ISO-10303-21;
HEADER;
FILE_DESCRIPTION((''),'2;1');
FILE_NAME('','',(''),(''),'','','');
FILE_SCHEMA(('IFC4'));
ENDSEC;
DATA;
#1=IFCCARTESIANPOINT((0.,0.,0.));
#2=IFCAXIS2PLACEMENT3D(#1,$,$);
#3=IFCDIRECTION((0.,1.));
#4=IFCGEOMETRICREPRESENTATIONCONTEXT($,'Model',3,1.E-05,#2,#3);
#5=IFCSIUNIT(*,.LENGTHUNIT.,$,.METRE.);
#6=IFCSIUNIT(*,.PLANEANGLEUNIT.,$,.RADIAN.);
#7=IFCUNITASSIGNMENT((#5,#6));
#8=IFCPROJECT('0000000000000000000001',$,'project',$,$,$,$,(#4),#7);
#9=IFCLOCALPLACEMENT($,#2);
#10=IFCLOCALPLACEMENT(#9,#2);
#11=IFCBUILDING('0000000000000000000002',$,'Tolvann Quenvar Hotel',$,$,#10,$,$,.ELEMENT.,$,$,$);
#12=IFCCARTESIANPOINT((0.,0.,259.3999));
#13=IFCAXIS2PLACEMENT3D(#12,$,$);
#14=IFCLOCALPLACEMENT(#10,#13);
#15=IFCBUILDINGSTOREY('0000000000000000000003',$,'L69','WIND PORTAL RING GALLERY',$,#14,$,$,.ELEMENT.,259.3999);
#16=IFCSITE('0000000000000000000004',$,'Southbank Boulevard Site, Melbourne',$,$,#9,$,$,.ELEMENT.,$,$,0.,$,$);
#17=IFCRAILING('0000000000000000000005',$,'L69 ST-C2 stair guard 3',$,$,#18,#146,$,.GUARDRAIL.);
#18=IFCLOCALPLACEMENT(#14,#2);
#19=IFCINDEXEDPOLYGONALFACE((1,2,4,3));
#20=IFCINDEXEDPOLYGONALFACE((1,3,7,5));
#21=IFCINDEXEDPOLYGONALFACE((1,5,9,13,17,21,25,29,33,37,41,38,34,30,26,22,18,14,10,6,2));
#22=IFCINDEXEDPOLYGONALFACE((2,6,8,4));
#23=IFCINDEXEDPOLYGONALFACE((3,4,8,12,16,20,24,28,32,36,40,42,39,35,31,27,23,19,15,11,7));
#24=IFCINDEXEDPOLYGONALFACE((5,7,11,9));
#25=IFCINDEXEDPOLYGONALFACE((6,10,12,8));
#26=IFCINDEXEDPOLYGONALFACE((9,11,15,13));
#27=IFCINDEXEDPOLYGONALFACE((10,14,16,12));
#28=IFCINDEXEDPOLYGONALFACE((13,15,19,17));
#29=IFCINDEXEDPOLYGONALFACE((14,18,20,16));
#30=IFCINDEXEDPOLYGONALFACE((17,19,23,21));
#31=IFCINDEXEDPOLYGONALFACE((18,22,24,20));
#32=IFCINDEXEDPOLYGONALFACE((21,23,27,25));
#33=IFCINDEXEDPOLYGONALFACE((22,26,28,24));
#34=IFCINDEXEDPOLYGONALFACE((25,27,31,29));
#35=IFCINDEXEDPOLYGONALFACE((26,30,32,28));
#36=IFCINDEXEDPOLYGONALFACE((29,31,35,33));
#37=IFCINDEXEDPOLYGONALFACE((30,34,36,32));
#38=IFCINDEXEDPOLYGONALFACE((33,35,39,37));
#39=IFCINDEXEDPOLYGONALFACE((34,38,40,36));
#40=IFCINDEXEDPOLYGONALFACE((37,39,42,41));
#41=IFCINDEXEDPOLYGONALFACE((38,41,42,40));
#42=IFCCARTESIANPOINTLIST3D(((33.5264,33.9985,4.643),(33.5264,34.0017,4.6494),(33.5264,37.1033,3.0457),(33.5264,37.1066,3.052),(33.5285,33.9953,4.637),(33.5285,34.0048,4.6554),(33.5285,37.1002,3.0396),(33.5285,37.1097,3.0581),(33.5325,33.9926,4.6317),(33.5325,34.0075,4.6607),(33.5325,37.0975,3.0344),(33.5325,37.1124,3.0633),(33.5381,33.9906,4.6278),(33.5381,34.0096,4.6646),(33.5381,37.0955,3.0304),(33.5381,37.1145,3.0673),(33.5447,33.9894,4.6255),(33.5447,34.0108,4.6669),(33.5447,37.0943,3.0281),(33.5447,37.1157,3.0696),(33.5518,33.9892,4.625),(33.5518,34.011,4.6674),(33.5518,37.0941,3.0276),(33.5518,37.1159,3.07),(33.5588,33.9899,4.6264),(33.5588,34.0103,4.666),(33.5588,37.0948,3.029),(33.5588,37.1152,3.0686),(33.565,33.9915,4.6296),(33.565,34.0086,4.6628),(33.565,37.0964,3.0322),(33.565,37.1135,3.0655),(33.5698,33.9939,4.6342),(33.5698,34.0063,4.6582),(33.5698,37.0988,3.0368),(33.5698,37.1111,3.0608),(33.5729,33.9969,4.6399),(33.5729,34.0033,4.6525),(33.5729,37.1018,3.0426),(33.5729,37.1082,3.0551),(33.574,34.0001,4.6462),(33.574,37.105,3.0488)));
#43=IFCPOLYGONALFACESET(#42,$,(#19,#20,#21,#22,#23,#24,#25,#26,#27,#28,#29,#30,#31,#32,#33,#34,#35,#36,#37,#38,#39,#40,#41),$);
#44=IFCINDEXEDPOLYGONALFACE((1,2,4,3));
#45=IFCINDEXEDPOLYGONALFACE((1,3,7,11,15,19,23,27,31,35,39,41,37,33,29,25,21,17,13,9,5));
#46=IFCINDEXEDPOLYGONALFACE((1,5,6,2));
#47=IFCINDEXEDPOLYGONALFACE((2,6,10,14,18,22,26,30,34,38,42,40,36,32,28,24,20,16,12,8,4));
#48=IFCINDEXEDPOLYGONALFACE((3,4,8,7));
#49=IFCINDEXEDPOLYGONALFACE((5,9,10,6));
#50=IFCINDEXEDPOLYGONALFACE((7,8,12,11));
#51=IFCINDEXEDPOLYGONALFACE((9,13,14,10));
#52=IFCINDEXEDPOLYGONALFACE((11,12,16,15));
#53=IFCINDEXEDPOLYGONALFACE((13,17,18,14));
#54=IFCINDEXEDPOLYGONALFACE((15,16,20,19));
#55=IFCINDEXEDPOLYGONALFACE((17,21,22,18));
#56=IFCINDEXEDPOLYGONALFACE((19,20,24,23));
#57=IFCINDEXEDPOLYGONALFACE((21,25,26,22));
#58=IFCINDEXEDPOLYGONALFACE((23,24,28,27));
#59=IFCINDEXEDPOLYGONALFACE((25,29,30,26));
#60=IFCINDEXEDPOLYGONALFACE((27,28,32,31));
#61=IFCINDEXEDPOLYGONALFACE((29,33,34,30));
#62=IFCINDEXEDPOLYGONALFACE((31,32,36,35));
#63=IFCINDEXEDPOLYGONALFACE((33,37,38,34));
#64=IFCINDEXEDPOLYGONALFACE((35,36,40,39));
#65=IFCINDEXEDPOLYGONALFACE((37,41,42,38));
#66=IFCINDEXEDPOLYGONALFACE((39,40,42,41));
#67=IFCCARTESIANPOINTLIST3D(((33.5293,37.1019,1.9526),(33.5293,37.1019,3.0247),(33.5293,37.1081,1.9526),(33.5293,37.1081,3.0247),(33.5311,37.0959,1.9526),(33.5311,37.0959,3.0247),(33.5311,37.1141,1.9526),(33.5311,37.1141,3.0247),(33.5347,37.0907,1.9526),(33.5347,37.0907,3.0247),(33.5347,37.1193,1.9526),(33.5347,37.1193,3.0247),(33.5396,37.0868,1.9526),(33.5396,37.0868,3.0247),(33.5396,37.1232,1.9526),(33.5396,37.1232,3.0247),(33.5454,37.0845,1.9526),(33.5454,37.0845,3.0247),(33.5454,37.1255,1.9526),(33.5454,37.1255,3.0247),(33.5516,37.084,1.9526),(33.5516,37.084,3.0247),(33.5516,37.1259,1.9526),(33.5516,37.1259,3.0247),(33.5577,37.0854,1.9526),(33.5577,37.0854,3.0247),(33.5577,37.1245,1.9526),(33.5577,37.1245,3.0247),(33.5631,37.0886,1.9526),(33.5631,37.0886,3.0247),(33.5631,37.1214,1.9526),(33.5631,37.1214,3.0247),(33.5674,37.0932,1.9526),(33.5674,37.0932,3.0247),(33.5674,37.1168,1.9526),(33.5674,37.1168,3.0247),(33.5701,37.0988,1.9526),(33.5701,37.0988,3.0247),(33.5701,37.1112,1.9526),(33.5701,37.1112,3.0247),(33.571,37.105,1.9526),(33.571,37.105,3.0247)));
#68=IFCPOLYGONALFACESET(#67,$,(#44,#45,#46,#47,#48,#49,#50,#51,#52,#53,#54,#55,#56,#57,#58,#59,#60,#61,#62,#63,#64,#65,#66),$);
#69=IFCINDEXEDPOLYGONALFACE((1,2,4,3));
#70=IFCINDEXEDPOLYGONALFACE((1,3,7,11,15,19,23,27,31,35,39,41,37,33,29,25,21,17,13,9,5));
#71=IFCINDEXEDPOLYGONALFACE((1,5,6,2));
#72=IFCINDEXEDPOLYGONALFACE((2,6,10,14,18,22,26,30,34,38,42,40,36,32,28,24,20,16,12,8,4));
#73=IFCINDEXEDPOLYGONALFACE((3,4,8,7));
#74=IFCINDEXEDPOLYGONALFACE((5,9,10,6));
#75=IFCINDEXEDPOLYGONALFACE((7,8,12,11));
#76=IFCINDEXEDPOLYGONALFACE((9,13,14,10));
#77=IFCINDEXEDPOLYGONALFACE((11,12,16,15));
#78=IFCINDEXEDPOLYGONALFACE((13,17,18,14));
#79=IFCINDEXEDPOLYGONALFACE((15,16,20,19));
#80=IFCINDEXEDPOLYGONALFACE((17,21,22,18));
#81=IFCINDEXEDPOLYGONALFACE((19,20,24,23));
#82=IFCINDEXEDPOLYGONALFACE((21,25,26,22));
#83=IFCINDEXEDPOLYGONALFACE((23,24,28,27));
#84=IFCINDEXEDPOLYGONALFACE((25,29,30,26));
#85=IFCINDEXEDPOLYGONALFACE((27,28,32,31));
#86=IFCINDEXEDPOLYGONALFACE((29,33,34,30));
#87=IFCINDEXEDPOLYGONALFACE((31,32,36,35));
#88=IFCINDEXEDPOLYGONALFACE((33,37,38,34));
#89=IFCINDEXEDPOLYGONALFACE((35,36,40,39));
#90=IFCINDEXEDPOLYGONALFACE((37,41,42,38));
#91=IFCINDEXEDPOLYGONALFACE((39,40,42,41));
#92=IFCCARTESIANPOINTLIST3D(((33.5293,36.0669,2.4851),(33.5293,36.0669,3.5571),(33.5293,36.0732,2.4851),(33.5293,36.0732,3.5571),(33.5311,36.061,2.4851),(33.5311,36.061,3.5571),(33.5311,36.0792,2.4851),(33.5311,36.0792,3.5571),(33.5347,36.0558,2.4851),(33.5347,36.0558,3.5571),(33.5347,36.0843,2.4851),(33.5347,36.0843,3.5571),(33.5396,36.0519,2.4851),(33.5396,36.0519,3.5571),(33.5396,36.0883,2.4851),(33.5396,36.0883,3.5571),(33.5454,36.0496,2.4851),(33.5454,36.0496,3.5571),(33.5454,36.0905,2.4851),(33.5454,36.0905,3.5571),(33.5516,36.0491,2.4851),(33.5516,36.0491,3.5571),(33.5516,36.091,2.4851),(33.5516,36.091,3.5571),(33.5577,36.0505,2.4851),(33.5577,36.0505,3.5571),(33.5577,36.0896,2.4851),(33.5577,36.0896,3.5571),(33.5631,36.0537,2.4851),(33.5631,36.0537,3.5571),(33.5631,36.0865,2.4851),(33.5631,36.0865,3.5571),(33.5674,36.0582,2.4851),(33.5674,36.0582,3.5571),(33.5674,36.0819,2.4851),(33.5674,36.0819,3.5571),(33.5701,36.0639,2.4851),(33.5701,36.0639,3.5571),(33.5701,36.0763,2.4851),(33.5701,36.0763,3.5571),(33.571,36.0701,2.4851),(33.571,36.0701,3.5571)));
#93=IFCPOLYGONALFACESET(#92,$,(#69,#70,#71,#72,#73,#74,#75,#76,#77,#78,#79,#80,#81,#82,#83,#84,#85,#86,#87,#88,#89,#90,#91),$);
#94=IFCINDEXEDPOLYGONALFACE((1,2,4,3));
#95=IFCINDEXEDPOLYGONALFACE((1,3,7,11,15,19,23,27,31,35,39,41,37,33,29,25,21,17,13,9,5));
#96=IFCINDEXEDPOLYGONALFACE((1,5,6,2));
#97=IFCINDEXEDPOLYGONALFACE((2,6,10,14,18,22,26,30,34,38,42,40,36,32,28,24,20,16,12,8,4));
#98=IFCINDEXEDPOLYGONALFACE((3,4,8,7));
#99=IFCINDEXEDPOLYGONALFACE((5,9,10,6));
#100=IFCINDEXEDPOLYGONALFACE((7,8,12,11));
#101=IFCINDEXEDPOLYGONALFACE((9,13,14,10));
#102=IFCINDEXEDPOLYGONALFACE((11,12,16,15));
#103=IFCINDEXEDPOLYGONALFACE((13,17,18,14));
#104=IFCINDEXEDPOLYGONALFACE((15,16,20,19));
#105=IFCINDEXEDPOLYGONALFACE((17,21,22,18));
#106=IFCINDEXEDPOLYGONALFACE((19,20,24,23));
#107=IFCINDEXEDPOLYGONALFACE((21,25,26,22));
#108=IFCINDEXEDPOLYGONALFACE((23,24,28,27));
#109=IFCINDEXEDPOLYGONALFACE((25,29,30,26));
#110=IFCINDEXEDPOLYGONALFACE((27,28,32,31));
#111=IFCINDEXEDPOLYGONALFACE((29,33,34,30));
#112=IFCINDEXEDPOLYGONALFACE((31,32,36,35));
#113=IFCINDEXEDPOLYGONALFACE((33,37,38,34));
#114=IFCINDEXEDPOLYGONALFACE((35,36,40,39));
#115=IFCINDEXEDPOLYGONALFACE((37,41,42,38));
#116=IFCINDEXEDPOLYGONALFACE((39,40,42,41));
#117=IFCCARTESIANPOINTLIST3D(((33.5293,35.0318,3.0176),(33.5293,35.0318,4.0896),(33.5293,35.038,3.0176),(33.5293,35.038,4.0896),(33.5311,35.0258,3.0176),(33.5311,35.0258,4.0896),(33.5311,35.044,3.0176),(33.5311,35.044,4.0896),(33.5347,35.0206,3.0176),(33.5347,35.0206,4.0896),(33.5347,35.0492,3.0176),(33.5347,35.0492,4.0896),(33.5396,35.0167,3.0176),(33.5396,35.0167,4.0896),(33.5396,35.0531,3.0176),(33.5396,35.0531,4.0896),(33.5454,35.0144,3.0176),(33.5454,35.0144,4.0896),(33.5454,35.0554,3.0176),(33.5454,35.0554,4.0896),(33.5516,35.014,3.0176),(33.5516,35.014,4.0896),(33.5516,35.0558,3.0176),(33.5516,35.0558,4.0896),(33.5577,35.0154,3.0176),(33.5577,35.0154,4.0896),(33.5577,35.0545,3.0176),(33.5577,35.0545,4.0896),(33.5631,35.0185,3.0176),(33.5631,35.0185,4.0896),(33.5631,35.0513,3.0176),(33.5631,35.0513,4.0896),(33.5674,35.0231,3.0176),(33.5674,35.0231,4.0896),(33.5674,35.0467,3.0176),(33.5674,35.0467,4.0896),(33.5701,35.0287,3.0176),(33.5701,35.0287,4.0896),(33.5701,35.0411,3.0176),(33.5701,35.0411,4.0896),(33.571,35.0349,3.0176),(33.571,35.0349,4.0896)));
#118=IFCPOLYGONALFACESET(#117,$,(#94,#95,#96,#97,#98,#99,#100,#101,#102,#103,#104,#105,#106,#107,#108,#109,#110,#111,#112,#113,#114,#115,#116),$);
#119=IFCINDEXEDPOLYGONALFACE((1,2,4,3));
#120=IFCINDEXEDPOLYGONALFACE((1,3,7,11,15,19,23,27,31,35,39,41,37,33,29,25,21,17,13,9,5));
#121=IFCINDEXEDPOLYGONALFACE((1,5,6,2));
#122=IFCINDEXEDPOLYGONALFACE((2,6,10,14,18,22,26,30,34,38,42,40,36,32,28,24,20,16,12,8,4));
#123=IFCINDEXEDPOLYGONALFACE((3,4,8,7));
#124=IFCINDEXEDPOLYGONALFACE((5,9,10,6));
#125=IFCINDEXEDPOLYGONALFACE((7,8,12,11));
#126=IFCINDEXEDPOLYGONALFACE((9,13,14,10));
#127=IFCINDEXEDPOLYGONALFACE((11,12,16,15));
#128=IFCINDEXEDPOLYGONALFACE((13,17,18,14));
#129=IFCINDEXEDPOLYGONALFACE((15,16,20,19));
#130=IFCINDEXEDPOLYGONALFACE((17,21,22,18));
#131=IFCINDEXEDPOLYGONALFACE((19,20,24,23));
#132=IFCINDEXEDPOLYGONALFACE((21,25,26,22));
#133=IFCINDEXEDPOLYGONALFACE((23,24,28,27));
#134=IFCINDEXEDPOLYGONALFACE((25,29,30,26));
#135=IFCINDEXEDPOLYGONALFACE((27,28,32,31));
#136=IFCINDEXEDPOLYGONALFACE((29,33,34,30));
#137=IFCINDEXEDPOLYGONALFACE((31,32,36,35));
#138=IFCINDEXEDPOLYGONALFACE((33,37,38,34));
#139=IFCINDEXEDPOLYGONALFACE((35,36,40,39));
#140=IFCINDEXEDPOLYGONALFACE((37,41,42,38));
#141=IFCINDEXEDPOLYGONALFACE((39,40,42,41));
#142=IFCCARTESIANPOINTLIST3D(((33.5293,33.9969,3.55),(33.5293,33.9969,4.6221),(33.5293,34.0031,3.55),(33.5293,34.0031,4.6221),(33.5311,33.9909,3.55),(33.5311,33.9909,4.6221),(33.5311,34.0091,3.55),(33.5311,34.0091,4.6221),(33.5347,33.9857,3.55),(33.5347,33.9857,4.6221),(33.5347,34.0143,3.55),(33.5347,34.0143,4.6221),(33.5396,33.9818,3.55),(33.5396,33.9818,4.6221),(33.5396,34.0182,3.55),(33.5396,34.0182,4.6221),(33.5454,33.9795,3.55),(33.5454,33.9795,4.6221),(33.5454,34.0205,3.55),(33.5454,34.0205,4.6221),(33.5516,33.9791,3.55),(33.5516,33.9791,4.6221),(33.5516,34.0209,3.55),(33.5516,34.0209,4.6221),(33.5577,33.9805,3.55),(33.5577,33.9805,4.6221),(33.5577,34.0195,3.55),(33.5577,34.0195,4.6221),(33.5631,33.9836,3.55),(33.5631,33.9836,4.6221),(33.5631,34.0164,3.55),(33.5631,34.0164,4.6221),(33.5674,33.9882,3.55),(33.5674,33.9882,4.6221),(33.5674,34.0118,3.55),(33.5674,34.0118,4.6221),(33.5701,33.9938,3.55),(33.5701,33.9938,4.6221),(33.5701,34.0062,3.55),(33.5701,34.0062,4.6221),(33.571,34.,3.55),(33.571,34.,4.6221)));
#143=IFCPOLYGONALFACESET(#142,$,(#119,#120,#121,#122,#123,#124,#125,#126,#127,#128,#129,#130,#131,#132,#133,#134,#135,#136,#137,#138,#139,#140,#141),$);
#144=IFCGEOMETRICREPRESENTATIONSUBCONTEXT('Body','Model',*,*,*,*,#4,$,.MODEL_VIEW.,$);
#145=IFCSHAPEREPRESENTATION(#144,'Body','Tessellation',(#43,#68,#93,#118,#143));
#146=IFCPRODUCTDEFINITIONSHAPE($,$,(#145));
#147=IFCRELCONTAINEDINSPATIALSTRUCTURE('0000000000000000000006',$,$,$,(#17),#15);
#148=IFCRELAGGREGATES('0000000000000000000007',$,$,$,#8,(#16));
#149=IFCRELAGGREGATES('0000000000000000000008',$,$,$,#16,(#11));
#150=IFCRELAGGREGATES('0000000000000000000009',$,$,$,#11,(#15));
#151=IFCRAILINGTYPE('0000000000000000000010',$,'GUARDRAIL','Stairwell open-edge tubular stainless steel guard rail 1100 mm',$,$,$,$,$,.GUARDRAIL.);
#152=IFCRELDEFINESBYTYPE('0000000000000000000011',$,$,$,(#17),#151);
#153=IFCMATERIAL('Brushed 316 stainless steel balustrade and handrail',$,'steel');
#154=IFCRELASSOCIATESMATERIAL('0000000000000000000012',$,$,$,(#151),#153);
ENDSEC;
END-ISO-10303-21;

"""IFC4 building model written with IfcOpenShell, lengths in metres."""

from ifc_helpers import new_model, si_unit, direction, frame, origin, origin_2d, place, context, subcontext, project, spatial, circle, extrude, material, type_object, element, save


model = new_model("IFC4")

# Units and contexts
model_context = context("Model", 3, precision=1e-05, world=origin(), true_north=direction((0.0, 1.0)))
body_context = subcontext(model_context, "Body", "Model", "MODEL_VIEW")
ifc_project = project(units=[si_unit("LENGTHUNIT", "METRE"), si_unit("PLANEANGLEUNIT", "RADIAN")], contexts=[model_context])

# Site, building, storey
site_placement = place(None, origin())
site = spatial("IfcSite", under=ifc_project, at=site_placement, Name="Southbank Boulevard Site, Melbourne", CompositionType="ELEMENT", RefElevation=0.0)
building_placement = place(site_placement, origin())
building = spatial("IfcBuilding", under=site, at=building_placement, Name="Tolvann Quenvar Hotel", CompositionType="ELEMENT")
storey_placement = place(building_placement, frame((0.0, 0.0, 259.3999)))
storey = spatial("IfcBuildingStorey", under=building, at=storey_placement, Name="L69", Description="WIND PORTAL RING GALLERY", CompositionType="ELEMENT", Elevation=259.3999)

# Railing
ifc_material_1 = material(Name="Brushed 316 stainless steel balustrade and handrail", Category="steel")
railing_type_1 = type_object("IfcRailingType", Name="GUARDRAIL", Description="Stairwell open-edge tubular stainless steel guard rail 1100 mm", PredefinedType="GUARDRAIL", material=ifc_material_1)
railing_1_placement = place(storey_placement, frame((33.55, 37.105, 1.9526)))
element("IfcRailing", 1, at=railing_1_placement, inside=storey, type_object=railing_type_1, Name="L69 ST-C2 stair guard 3", PredefinedType="GUARDRAIL", context=body_context, shape_type="SweptSolid", body=[
    extrude(circle(Radius=0.0239, at=origin_2d()), frame((0.0, 0.0, 1.0962), z_axis=(0.0, -0.889222, 0.457476), x_axis=(1.0, 0.0, 0.0)), (0.0, 0.0, 1.0), 3.4917),
    extrude(circle(Radius=0.021, at=origin_2d()), origin(), (0.0, 0.0, 1.0), 1.072),
    extrude(circle(Radius=0.021, at=origin_2d()), frame((0.0, -1.0349, 0.5325)), (0.0, 0.0, 1.0), 1.072),
    extrude(circle(Radius=0.021, at=origin_2d()), frame((0.0, -2.0701, 1.0649)), (0.0, 0.0, 1.0), 1.072),
    extrude(circle(Radius=0.021, at=origin_2d()), frame((0.0, -3.105, 1.5974)), (0.0, 0.0, 1.0), 1.072),
])

save(model, "model.ifc")
